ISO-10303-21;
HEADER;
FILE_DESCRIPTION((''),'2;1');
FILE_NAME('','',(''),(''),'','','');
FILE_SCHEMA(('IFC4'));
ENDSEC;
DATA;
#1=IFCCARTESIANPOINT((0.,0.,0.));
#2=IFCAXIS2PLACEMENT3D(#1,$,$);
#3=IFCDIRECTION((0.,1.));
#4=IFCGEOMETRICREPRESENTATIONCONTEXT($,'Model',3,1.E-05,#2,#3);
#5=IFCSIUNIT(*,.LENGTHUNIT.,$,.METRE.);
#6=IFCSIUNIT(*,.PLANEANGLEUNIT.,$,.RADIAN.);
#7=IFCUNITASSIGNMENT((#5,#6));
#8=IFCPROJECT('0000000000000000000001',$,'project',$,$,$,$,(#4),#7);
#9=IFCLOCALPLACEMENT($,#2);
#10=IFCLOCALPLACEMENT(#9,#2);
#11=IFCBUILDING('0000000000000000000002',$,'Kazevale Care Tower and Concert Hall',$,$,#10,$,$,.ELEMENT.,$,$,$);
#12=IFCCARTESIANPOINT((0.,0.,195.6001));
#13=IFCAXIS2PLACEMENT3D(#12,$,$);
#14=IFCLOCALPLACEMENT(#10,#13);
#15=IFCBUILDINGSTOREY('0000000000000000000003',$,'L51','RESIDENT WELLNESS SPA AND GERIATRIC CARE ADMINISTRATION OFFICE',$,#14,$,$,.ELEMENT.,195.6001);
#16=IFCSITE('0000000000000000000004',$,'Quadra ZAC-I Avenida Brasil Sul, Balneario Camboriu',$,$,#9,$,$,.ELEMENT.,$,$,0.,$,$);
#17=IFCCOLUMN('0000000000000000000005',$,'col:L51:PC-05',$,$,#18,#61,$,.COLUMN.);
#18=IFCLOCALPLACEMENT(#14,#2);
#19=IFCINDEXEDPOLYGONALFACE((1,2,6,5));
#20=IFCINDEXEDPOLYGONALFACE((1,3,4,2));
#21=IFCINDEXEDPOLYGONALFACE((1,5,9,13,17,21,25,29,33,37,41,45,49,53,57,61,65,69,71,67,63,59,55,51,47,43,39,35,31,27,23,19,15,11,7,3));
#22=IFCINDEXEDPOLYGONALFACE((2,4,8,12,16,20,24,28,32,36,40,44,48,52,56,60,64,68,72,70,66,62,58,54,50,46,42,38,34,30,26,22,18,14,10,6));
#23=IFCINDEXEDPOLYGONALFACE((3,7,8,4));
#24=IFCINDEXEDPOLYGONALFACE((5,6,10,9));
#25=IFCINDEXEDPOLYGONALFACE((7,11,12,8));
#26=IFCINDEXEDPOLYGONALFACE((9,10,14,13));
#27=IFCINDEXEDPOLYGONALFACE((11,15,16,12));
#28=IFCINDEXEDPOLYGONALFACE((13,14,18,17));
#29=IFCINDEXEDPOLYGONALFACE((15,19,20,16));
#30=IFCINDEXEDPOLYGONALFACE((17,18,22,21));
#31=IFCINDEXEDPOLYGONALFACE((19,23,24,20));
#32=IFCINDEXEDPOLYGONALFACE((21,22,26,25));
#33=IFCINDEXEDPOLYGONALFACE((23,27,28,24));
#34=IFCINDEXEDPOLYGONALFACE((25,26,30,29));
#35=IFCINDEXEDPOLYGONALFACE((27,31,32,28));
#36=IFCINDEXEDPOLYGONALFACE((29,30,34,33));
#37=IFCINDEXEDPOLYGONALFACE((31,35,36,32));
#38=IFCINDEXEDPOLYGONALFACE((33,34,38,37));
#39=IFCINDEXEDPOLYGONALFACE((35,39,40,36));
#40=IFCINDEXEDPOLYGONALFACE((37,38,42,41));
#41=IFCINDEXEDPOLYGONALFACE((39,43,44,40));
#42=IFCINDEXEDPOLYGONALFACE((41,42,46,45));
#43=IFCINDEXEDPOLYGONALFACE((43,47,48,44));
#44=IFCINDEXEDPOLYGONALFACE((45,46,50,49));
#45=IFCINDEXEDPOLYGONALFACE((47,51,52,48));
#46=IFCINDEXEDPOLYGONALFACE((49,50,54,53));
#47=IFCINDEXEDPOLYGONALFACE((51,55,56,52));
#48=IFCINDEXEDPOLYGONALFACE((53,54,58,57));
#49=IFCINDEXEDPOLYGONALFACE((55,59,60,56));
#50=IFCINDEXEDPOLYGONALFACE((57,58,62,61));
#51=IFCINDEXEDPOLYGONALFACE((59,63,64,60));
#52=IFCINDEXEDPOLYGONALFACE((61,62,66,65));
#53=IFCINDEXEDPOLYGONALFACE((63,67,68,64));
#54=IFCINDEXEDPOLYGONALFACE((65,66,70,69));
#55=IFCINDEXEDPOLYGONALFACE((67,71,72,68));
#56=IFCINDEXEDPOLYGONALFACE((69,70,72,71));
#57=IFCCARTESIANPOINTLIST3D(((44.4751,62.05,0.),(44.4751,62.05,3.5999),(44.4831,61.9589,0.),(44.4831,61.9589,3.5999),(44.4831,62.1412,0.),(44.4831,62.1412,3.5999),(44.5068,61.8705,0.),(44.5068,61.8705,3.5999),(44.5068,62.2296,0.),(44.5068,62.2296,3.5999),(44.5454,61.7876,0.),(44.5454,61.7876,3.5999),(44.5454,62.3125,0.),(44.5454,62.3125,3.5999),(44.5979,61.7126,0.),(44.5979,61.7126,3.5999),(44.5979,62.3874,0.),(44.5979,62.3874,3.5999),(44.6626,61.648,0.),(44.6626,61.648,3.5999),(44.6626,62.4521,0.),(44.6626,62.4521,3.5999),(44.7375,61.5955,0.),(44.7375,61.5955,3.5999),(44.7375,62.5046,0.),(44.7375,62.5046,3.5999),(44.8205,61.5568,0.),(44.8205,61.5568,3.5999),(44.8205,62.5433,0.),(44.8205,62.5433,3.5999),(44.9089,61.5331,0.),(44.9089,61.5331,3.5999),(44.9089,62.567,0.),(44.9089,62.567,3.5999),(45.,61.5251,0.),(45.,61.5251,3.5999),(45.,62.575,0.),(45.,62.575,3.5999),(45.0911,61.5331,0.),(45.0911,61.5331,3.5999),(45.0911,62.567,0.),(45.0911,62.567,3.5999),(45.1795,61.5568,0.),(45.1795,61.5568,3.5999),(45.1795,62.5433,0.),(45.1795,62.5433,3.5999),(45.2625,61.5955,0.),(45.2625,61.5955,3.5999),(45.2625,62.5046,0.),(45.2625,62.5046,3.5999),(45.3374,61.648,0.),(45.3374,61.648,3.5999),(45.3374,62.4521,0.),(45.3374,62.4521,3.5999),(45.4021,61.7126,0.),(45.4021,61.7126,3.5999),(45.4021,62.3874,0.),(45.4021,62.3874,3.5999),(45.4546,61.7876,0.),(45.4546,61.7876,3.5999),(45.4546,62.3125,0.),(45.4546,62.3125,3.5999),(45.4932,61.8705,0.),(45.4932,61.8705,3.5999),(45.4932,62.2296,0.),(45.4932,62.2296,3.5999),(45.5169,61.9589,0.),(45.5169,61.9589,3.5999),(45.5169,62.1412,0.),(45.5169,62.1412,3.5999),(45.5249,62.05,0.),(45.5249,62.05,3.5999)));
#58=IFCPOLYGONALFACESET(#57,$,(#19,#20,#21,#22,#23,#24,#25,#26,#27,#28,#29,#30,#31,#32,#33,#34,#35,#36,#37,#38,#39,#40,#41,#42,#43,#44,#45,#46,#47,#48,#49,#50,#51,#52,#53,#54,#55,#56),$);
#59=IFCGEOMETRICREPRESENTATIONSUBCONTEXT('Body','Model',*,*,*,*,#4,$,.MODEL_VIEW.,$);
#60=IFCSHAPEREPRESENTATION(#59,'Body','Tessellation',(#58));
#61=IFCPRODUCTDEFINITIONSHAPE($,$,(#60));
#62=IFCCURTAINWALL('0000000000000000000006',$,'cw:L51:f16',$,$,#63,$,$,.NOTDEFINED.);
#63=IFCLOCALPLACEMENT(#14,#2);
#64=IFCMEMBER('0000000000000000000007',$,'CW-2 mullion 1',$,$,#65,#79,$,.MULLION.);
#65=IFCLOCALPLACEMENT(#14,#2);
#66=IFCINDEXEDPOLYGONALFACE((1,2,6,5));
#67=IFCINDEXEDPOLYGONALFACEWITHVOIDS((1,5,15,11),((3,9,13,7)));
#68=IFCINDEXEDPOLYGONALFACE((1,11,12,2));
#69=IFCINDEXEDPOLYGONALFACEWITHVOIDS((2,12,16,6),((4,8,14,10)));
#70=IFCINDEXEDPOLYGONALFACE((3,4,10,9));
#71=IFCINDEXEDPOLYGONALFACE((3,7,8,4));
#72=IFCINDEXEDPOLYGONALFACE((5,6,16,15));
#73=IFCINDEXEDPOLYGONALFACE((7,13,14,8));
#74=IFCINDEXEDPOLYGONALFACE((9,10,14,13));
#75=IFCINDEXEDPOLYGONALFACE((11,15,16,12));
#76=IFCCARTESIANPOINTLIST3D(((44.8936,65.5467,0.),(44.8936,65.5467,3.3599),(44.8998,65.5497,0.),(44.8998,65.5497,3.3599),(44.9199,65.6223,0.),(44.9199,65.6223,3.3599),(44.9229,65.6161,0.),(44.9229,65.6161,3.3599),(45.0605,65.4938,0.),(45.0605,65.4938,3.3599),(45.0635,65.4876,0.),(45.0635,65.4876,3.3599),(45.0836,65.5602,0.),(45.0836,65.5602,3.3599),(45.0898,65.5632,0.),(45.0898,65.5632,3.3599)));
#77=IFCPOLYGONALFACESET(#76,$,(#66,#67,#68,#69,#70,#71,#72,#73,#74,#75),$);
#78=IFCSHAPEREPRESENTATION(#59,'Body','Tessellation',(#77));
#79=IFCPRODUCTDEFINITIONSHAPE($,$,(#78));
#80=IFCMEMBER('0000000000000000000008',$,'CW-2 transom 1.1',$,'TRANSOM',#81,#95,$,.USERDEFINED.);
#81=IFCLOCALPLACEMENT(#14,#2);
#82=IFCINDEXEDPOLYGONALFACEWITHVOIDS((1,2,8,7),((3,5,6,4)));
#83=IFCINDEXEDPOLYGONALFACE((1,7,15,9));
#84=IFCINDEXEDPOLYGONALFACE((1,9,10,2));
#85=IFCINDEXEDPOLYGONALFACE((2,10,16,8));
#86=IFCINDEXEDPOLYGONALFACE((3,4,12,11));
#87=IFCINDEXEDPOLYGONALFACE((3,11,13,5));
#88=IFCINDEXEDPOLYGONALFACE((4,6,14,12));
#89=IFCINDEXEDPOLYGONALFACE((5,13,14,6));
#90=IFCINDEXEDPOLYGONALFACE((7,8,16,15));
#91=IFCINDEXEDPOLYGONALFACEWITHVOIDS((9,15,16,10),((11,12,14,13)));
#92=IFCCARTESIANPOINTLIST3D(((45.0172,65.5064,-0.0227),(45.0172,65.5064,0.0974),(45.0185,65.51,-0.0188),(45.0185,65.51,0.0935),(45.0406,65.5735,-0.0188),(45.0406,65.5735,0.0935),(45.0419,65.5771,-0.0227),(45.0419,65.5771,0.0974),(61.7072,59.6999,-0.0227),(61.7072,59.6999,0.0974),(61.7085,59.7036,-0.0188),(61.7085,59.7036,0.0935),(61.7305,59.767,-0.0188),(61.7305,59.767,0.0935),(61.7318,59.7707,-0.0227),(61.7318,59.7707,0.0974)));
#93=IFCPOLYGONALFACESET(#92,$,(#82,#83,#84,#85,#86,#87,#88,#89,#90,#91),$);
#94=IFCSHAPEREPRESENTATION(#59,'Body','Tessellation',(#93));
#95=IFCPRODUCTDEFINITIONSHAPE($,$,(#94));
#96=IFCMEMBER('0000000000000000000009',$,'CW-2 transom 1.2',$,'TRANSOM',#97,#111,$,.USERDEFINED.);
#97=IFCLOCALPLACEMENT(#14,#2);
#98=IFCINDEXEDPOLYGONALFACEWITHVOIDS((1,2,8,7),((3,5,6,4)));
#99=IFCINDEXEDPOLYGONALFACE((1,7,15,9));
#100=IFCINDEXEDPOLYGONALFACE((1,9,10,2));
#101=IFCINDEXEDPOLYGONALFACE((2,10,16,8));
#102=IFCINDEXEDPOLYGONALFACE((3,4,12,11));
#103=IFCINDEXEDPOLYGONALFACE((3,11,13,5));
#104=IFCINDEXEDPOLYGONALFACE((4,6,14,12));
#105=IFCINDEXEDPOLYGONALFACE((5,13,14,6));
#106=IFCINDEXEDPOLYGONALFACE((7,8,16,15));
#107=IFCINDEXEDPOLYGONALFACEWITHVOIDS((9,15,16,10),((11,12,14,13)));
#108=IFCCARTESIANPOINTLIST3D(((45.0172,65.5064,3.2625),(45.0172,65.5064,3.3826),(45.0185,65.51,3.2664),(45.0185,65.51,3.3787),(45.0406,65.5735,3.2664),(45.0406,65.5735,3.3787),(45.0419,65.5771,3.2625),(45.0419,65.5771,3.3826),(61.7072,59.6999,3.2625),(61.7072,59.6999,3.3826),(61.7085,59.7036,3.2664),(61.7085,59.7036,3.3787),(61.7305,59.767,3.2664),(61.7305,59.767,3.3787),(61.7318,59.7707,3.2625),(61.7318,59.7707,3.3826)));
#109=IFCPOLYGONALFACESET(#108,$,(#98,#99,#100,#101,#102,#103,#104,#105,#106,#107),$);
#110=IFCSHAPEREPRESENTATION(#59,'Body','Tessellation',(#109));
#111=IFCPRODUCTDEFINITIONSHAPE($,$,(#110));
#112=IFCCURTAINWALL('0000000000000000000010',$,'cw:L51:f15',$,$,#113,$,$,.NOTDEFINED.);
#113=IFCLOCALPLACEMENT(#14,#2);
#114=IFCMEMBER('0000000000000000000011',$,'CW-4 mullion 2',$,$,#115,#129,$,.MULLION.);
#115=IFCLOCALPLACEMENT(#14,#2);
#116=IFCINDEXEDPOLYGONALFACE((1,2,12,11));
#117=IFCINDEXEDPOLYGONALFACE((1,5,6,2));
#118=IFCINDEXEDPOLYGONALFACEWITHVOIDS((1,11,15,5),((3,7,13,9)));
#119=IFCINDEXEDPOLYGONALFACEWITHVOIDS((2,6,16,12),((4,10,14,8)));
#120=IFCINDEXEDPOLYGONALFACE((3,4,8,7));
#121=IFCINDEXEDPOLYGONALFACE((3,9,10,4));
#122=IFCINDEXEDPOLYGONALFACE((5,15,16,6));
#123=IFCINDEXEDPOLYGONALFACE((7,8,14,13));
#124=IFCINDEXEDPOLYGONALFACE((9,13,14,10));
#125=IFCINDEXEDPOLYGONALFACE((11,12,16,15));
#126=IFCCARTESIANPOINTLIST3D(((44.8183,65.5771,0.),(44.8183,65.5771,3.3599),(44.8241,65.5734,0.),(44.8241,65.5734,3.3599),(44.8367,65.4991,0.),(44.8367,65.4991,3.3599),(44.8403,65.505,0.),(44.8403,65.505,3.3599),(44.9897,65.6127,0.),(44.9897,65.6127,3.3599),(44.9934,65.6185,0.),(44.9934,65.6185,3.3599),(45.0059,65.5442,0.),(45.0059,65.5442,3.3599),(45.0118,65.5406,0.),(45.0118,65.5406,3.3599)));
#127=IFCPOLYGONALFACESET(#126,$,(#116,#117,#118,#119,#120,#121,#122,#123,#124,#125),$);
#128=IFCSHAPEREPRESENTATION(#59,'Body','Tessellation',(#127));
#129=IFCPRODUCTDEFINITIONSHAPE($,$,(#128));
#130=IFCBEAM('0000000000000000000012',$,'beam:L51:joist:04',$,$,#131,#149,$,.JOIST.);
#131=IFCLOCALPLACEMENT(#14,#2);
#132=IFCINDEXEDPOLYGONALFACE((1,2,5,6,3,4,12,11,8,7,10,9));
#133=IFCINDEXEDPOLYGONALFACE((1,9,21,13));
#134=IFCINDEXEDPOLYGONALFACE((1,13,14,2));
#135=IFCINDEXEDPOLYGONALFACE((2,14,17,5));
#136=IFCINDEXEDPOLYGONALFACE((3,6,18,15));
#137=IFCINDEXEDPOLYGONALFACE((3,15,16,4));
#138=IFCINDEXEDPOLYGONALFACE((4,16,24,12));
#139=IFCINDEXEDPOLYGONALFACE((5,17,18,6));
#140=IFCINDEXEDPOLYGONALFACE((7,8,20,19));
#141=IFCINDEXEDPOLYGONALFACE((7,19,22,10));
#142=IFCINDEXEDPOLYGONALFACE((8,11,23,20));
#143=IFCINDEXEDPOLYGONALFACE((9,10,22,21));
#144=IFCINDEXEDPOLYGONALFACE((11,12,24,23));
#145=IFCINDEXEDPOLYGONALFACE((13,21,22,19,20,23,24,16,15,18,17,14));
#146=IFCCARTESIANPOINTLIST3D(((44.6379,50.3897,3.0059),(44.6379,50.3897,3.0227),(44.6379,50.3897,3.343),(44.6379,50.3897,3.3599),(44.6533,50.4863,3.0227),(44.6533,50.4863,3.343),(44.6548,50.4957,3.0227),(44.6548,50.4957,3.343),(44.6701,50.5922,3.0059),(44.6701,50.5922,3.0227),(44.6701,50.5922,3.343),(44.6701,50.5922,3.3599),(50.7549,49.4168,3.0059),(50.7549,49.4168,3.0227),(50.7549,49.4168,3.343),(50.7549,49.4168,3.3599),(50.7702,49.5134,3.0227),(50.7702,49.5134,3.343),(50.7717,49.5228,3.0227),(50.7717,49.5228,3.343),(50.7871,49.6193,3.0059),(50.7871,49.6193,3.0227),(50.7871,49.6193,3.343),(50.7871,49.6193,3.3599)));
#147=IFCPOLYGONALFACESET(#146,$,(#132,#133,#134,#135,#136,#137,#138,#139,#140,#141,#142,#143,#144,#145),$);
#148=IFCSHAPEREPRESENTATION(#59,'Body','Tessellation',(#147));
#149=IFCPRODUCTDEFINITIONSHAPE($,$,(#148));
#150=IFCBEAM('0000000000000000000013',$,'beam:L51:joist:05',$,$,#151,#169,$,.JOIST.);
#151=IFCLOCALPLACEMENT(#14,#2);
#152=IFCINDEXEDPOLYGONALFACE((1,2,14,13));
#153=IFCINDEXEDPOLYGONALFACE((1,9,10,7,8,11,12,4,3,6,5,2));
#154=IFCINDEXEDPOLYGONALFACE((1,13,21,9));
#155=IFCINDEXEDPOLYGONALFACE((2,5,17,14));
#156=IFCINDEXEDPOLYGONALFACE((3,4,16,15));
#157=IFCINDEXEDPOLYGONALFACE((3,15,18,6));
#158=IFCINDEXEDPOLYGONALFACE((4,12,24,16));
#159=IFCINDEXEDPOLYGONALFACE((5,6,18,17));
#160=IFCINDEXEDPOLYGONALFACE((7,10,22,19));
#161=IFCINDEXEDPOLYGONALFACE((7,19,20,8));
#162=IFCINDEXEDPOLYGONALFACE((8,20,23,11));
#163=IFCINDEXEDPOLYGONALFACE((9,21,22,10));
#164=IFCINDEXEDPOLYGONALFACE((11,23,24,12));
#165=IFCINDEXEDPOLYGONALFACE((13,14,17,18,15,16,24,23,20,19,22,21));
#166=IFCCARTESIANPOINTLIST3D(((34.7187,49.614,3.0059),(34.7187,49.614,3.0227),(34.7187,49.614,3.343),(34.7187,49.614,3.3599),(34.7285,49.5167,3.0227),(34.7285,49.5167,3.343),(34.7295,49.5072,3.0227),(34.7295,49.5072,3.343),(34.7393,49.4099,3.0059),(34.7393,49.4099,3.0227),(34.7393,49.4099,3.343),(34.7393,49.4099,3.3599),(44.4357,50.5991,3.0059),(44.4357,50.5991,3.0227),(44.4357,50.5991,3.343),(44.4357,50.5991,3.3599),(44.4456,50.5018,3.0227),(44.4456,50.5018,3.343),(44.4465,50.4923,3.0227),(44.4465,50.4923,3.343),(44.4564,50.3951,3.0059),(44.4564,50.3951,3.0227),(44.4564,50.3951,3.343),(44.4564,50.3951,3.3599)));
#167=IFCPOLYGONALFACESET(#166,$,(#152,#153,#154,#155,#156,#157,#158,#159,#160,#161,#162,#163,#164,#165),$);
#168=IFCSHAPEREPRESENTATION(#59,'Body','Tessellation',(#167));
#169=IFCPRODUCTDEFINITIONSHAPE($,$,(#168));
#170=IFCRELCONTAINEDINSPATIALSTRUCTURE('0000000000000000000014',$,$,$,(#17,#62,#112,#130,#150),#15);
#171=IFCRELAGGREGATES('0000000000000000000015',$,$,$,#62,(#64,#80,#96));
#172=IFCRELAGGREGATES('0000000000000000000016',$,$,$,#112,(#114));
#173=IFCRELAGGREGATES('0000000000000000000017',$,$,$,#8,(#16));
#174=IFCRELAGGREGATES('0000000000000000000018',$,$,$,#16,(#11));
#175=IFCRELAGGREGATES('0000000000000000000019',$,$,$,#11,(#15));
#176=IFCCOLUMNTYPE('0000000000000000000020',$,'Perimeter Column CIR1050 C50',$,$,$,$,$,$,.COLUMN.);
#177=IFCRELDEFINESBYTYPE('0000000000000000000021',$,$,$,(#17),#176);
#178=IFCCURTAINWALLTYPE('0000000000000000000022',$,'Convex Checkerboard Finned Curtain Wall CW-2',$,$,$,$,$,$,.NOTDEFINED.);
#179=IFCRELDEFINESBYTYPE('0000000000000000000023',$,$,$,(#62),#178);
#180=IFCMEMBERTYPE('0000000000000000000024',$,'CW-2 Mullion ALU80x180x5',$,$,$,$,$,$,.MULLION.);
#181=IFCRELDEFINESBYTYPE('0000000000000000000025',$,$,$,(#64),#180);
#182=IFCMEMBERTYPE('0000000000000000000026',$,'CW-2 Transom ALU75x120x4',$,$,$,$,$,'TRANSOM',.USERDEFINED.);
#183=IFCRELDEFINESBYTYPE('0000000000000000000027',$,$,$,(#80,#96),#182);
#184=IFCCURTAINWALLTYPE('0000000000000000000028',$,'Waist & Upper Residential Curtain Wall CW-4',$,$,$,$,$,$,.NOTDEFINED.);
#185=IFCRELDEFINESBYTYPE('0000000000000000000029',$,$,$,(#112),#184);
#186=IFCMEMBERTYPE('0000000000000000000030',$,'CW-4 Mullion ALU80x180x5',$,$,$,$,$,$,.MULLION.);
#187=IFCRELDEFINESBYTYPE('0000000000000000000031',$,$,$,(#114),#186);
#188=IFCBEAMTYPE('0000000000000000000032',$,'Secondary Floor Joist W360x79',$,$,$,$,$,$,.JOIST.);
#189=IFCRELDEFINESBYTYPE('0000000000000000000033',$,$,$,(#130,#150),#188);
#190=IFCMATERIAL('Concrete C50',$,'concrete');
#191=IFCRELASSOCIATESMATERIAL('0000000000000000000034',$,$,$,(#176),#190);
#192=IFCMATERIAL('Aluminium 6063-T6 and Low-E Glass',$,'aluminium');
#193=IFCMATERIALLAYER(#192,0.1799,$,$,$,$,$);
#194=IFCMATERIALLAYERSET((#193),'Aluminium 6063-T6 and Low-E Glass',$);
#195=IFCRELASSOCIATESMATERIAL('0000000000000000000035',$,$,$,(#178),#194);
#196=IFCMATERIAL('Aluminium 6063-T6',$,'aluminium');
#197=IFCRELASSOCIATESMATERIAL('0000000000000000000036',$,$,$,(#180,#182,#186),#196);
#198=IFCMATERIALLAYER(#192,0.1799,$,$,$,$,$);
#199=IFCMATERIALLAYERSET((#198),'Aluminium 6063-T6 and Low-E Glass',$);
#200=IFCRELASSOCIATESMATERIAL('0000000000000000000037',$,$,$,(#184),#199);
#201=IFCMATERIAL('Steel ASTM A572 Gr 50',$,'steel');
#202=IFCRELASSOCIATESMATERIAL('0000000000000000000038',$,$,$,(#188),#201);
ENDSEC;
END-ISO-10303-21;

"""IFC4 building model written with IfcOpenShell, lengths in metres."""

from ifc_helpers import new_model, si_unit, direction, frame, origin, origin_2d, place, context, subcontext, project, spatial, hollow_rectangle, circle, i_section, extrude, material, layer, layer_set, material_profile, profile_set, type_object, element, aggregate, save


model = new_model("IFC4")

# Units and contexts
model_context = context("Model", 3, precision=1e-05, world=origin(), true_north=direction((0.0, 1.0)))
body_context = subcontext(model_context, "Body", "Model", "MODEL_VIEW")
ifc_project = project(units=[si_unit("LENGTHUNIT", "METRE"), si_unit("PLANEANGLEUNIT", "RADIAN")], contexts=[model_context])

# Site, building, storey
site_placement = place(None, origin())
site = spatial("IfcSite", under=ifc_project, at=site_placement, Name="Quadra ZAC-I Avenida Brasil Sul, Balneario Camboriu", CompositionType="ELEMENT", RefElevation=0.0)
building_placement = place(site_placement, origin())
building = spatial("IfcBuilding", under=site, at=building_placement, Name="Kazevale Care Tower and Concert Hall", CompositionType="ELEMENT")
storey_placement = place(building_placement, frame((0.0, 0.0, 195.6001)))
storey = spatial("IfcBuildingStorey", under=building, at=storey_placement, Name="L51", Description="RESIDENT WELLNESS SPA AND GERIATRIC CARE ADMINISTRATION OFFICE", CompositionType="ELEMENT", Elevation=195.6001)

# Column
ifc_material_1 = material(Name="Concrete C50", Category="concrete")
ifc_material_profile_1 = material_profile(ifc_material_1, circle(Radius=0.5249, at=origin_2d()), Name="RC-CIR1050")
ifc_profile_set_1 = profile_set([ifc_material_profile_1], Name="Concrete C50")
column_type = type_object("IfcColumnType", Name="Perimeter Column CIR1050 C50", PredefinedType="COLUMN", material=ifc_profile_set_1)
column_placement = place(storey_placement, frame((45.0, 62.05, 0.0), z_axis=(0.0, 0.0, 1.0), x_axis=(1.0, 0.0, 0.0)))
element("IfcColumn", 1, at=column_placement, inside=storey, type_object=column_type, Name="col:L51:PC-05", PredefinedType="COLUMN", context=body_context, shape_type="SweptSolid", body=[
    extrude(circle(Radius=0.5249, at=origin_2d()), origin(), (0.0, 0.0, 1.0), 3.5999),
])

# Curtain wall, members
ifc_material_2 = material(Name="Aluminium 6063-T6 and Low-E Glass", Category="aluminium")
ifc_layer_1 = layer(ifc_material_2, 0.1799)
ifc_layer_set_1 = layer_set([ifc_layer_1], Name="Aluminium 6063-T6 and Low-E Glass")
curtain_wall_type_1 = type_object("IfcCurtainWallType", Name="Convex Checkerboard Finned Curtain Wall CW-2", PredefinedType="NOTDEFINED", material=ifc_layer_set_1)
curtain_wall_1_placement = place(storey_placement, origin())
curtain_wall_1 = element("IfcCurtainWall", 2, at=curtain_wall_1_placement, inside=storey, type_object=curtain_wall_type_1, Name="cw:L51:f16", PredefinedType="NOTDEFINED")
ifc_material_3 = material(Name="Aluminium 6063-T6", Category="aluminium")
ifc_material_profile_2 = material_profile(ifc_material_3, hollow_rectangle(XDim=0.0801, YDim=0.1799, WallThickness=0.0049, at=origin_2d()), Name="ALU80x180x5")
ifc_profile_set_2 = profile_set([ifc_material_profile_2], Name="Aluminium 6063-T6")
member_type_1 = type_object("IfcMemberType", Name="CW-2 Mullion ALU80x180x5", PredefinedType="MULLION", material=ifc_profile_set_2)
member_1_placement = place(storey_placement, frame((44.9917, 65.5549, 0.0), z_axis=(0.0, 0.0, 1.0), x_axis=(0.328584, 0.944475, 0.0)))
member_1 = element("IfcMember", 3, at=member_1_placement, type_object=member_type_1, Name="CW-2 mullion 1", PredefinedType="MULLION", context=body_context, shape_type="SweptSolid", body=[
    extrude(hollow_rectangle(XDim=0.0801, YDim=0.1799, WallThickness=0.0049, at=origin_2d()), origin(), (0.0, 0.0, 1.0), 3.3599),
])
ifc_material_profile_3 = material_profile(ifc_material_3, hollow_rectangle(XDim=0.075, YDim=0.1201, WallThickness=0.0039, at=origin_2d()), Name="ALU75x120x4")
ifc_profile_set_3 = profile_set([ifc_material_profile_3], Name="Aluminium 6063-T6")
member_type_2 = type_object("IfcMemberType", Name="CW-2 Transom ALU75x120x4", ElementType="TRANSOM", PredefinedType="USERDEFINED", material=ifc_profile_set_3)
member_2_placement = place(storey_placement, frame((45.0295, 65.5417, 0.0374), z_axis=(0.944476, -0.328581, 0.0), x_axis=(0.328581, 0.944476, 0.0)))
member_2 = element("IfcMember", 4, at=member_2_placement, type_object=member_type_2, Name="CW-2 transom 1.1", ObjectType="TRANSOM", PredefinedType="USERDEFINED", context=body_context, shape_type="SweptSolid", body=[
    extrude(hollow_rectangle(XDim=0.075, YDim=0.1201, WallThickness=0.0039, at=origin_2d()), origin(), (0.0, 0.0, 1.0), 17.6711),
])
member_3_placement = place(storey_placement, frame((45.0295, 65.5417, 3.3225), z_axis=(0.944476, -0.328581, 0.0), x_axis=(0.328581, 0.944476, 0.0)))
member_3 = element("IfcMember", 5, at=member_3_placement, type_object=member_type_2, Name="CW-2 transom 1.2", ObjectType="TRANSOM", PredefinedType="USERDEFINED", context=body_context, shape_type="SweptSolid", body=[
    extrude(hollow_rectangle(XDim=0.075, YDim=0.1201, WallThickness=0.0039, at=origin_2d()), origin(), (0.0, 0.0, 1.0), 17.6711),
])
aggregate(curtain_wall_1, [member_1, member_2, member_3])

# Curtain wall, member
ifc_layer_2 = layer(ifc_material_2, 0.1799)
ifc_layer_set_2 = layer_set([ifc_layer_2], Name="Aluminium 6063-T6 and Low-E Glass")
curtain_wall_type_2 = type_object("IfcCurtainWallType", Name="Waist & Upper Residential Curtain Wall CW-4", PredefinedType="NOTDEFINED", material=ifc_layer_set_2)
curtain_wall_2_placement = place(storey_placement, origin())
curtain_wall_2 = element("IfcCurtainWall", 6, at=curtain_wall_2_placement, inside=storey, type_object=curtain_wall_type_2, Name="cw:L51:f15", PredefinedType="NOTDEFINED")
ifc_material_profile_4 = material_profile(ifc_material_3, hollow_rectangle(XDim=0.0801, YDim=0.1799, WallThickness=0.0049, at=origin_2d()), Name="ALU80x180x5")
ifc_profile_set_4 = profile_set([ifc_material_profile_4], Name="Aluminium 6063-T6")
member_type_3 = type_object("IfcMemberType", Name="CW-4 Mullion ALU80x180x5", PredefinedType="MULLION", material=ifc_profile_set_4)
member_4_placement = place(storey_placement, frame((44.915, 65.5588, 0.0), z_axis=(0.0, 0.0, 1.0), x_axis=(-0.230439, 0.973087, 0.0)))
member_4 = element("IfcMember", 7, at=member_4_placement, type_object=member_type_3, Name="CW-4 mullion 2", PredefinedType="MULLION", context=body_context, shape_type="SweptSolid", body=[
    extrude(hollow_rectangle(XDim=0.0801, YDim=0.1799, WallThickness=0.0049, at=origin_2d()), origin(), (0.0, 0.0, 1.0), 3.3599),
])

# Beams
ifc_material_4 = material(Name="Steel ASTM A572 Gr 50", Category="steel")
ifc_material_profile_5 = material_profile(ifc_material_4, i_section(OverallWidth=0.2051, OverallDepth=0.354, WebThickness=0.0095, FlangeThickness=0.0168, at=origin_2d()), Name="W360x79")
ifc_profile_set_5 = profile_set([ifc_material_profile_5], Name="Steel ASTM A572 Gr 50")
beam_type_1 = type_object("IfcBeamType", Name="Secondary Floor Joist W360x79", PredefinedType="JOIST", material=ifc_profile_set_5)
beam_1_placement = place(storey_placement, frame((50.771, 49.5181, 3.1829), z_axis=(-0.987587, 0.157076, 0.0), x_axis=(-0.157076, -0.987587, 0.0)))
element("IfcBeam", 8, at=beam_1_placement, inside=storey, type_object=beam_type_1, Name="beam:L51:joist:04", PredefinedType="JOIST", context=body_context, shape_type="SweptSolid", body=[
    extrude(i_section(OverallWidth=0.2051, OverallDepth=0.354, WebThickness=0.0095, FlangeThickness=0.0168, at=origin_2d()), origin(), (0.0, 0.0, 1.0), 6.1938),
])
beam_2_placement = place(storey_placement, frame((44.446, 50.4971, 3.1829), z_axis=(-0.9949, -0.100862, 0.0), x_axis=(0.100862, -0.9949, 0.0)))
element("IfcBeam", 9, at=beam_2_placement, inside=storey, type_object=beam_type_1, Name="beam:L51:joist:05", PredefinedType="JOIST", context=body_context, shape_type="SweptSolid", body=[
    extrude(i_section(OverallWidth=0.2051, OverallDepth=0.354, WebThickness=0.0095, FlangeThickness=0.0168, at=origin_2d()), origin(), (0.0, 0.0, 1.0), 9.7668),
])

aggregate(curtain_wall_2, [member_4])

save(model, "model.ifc")
